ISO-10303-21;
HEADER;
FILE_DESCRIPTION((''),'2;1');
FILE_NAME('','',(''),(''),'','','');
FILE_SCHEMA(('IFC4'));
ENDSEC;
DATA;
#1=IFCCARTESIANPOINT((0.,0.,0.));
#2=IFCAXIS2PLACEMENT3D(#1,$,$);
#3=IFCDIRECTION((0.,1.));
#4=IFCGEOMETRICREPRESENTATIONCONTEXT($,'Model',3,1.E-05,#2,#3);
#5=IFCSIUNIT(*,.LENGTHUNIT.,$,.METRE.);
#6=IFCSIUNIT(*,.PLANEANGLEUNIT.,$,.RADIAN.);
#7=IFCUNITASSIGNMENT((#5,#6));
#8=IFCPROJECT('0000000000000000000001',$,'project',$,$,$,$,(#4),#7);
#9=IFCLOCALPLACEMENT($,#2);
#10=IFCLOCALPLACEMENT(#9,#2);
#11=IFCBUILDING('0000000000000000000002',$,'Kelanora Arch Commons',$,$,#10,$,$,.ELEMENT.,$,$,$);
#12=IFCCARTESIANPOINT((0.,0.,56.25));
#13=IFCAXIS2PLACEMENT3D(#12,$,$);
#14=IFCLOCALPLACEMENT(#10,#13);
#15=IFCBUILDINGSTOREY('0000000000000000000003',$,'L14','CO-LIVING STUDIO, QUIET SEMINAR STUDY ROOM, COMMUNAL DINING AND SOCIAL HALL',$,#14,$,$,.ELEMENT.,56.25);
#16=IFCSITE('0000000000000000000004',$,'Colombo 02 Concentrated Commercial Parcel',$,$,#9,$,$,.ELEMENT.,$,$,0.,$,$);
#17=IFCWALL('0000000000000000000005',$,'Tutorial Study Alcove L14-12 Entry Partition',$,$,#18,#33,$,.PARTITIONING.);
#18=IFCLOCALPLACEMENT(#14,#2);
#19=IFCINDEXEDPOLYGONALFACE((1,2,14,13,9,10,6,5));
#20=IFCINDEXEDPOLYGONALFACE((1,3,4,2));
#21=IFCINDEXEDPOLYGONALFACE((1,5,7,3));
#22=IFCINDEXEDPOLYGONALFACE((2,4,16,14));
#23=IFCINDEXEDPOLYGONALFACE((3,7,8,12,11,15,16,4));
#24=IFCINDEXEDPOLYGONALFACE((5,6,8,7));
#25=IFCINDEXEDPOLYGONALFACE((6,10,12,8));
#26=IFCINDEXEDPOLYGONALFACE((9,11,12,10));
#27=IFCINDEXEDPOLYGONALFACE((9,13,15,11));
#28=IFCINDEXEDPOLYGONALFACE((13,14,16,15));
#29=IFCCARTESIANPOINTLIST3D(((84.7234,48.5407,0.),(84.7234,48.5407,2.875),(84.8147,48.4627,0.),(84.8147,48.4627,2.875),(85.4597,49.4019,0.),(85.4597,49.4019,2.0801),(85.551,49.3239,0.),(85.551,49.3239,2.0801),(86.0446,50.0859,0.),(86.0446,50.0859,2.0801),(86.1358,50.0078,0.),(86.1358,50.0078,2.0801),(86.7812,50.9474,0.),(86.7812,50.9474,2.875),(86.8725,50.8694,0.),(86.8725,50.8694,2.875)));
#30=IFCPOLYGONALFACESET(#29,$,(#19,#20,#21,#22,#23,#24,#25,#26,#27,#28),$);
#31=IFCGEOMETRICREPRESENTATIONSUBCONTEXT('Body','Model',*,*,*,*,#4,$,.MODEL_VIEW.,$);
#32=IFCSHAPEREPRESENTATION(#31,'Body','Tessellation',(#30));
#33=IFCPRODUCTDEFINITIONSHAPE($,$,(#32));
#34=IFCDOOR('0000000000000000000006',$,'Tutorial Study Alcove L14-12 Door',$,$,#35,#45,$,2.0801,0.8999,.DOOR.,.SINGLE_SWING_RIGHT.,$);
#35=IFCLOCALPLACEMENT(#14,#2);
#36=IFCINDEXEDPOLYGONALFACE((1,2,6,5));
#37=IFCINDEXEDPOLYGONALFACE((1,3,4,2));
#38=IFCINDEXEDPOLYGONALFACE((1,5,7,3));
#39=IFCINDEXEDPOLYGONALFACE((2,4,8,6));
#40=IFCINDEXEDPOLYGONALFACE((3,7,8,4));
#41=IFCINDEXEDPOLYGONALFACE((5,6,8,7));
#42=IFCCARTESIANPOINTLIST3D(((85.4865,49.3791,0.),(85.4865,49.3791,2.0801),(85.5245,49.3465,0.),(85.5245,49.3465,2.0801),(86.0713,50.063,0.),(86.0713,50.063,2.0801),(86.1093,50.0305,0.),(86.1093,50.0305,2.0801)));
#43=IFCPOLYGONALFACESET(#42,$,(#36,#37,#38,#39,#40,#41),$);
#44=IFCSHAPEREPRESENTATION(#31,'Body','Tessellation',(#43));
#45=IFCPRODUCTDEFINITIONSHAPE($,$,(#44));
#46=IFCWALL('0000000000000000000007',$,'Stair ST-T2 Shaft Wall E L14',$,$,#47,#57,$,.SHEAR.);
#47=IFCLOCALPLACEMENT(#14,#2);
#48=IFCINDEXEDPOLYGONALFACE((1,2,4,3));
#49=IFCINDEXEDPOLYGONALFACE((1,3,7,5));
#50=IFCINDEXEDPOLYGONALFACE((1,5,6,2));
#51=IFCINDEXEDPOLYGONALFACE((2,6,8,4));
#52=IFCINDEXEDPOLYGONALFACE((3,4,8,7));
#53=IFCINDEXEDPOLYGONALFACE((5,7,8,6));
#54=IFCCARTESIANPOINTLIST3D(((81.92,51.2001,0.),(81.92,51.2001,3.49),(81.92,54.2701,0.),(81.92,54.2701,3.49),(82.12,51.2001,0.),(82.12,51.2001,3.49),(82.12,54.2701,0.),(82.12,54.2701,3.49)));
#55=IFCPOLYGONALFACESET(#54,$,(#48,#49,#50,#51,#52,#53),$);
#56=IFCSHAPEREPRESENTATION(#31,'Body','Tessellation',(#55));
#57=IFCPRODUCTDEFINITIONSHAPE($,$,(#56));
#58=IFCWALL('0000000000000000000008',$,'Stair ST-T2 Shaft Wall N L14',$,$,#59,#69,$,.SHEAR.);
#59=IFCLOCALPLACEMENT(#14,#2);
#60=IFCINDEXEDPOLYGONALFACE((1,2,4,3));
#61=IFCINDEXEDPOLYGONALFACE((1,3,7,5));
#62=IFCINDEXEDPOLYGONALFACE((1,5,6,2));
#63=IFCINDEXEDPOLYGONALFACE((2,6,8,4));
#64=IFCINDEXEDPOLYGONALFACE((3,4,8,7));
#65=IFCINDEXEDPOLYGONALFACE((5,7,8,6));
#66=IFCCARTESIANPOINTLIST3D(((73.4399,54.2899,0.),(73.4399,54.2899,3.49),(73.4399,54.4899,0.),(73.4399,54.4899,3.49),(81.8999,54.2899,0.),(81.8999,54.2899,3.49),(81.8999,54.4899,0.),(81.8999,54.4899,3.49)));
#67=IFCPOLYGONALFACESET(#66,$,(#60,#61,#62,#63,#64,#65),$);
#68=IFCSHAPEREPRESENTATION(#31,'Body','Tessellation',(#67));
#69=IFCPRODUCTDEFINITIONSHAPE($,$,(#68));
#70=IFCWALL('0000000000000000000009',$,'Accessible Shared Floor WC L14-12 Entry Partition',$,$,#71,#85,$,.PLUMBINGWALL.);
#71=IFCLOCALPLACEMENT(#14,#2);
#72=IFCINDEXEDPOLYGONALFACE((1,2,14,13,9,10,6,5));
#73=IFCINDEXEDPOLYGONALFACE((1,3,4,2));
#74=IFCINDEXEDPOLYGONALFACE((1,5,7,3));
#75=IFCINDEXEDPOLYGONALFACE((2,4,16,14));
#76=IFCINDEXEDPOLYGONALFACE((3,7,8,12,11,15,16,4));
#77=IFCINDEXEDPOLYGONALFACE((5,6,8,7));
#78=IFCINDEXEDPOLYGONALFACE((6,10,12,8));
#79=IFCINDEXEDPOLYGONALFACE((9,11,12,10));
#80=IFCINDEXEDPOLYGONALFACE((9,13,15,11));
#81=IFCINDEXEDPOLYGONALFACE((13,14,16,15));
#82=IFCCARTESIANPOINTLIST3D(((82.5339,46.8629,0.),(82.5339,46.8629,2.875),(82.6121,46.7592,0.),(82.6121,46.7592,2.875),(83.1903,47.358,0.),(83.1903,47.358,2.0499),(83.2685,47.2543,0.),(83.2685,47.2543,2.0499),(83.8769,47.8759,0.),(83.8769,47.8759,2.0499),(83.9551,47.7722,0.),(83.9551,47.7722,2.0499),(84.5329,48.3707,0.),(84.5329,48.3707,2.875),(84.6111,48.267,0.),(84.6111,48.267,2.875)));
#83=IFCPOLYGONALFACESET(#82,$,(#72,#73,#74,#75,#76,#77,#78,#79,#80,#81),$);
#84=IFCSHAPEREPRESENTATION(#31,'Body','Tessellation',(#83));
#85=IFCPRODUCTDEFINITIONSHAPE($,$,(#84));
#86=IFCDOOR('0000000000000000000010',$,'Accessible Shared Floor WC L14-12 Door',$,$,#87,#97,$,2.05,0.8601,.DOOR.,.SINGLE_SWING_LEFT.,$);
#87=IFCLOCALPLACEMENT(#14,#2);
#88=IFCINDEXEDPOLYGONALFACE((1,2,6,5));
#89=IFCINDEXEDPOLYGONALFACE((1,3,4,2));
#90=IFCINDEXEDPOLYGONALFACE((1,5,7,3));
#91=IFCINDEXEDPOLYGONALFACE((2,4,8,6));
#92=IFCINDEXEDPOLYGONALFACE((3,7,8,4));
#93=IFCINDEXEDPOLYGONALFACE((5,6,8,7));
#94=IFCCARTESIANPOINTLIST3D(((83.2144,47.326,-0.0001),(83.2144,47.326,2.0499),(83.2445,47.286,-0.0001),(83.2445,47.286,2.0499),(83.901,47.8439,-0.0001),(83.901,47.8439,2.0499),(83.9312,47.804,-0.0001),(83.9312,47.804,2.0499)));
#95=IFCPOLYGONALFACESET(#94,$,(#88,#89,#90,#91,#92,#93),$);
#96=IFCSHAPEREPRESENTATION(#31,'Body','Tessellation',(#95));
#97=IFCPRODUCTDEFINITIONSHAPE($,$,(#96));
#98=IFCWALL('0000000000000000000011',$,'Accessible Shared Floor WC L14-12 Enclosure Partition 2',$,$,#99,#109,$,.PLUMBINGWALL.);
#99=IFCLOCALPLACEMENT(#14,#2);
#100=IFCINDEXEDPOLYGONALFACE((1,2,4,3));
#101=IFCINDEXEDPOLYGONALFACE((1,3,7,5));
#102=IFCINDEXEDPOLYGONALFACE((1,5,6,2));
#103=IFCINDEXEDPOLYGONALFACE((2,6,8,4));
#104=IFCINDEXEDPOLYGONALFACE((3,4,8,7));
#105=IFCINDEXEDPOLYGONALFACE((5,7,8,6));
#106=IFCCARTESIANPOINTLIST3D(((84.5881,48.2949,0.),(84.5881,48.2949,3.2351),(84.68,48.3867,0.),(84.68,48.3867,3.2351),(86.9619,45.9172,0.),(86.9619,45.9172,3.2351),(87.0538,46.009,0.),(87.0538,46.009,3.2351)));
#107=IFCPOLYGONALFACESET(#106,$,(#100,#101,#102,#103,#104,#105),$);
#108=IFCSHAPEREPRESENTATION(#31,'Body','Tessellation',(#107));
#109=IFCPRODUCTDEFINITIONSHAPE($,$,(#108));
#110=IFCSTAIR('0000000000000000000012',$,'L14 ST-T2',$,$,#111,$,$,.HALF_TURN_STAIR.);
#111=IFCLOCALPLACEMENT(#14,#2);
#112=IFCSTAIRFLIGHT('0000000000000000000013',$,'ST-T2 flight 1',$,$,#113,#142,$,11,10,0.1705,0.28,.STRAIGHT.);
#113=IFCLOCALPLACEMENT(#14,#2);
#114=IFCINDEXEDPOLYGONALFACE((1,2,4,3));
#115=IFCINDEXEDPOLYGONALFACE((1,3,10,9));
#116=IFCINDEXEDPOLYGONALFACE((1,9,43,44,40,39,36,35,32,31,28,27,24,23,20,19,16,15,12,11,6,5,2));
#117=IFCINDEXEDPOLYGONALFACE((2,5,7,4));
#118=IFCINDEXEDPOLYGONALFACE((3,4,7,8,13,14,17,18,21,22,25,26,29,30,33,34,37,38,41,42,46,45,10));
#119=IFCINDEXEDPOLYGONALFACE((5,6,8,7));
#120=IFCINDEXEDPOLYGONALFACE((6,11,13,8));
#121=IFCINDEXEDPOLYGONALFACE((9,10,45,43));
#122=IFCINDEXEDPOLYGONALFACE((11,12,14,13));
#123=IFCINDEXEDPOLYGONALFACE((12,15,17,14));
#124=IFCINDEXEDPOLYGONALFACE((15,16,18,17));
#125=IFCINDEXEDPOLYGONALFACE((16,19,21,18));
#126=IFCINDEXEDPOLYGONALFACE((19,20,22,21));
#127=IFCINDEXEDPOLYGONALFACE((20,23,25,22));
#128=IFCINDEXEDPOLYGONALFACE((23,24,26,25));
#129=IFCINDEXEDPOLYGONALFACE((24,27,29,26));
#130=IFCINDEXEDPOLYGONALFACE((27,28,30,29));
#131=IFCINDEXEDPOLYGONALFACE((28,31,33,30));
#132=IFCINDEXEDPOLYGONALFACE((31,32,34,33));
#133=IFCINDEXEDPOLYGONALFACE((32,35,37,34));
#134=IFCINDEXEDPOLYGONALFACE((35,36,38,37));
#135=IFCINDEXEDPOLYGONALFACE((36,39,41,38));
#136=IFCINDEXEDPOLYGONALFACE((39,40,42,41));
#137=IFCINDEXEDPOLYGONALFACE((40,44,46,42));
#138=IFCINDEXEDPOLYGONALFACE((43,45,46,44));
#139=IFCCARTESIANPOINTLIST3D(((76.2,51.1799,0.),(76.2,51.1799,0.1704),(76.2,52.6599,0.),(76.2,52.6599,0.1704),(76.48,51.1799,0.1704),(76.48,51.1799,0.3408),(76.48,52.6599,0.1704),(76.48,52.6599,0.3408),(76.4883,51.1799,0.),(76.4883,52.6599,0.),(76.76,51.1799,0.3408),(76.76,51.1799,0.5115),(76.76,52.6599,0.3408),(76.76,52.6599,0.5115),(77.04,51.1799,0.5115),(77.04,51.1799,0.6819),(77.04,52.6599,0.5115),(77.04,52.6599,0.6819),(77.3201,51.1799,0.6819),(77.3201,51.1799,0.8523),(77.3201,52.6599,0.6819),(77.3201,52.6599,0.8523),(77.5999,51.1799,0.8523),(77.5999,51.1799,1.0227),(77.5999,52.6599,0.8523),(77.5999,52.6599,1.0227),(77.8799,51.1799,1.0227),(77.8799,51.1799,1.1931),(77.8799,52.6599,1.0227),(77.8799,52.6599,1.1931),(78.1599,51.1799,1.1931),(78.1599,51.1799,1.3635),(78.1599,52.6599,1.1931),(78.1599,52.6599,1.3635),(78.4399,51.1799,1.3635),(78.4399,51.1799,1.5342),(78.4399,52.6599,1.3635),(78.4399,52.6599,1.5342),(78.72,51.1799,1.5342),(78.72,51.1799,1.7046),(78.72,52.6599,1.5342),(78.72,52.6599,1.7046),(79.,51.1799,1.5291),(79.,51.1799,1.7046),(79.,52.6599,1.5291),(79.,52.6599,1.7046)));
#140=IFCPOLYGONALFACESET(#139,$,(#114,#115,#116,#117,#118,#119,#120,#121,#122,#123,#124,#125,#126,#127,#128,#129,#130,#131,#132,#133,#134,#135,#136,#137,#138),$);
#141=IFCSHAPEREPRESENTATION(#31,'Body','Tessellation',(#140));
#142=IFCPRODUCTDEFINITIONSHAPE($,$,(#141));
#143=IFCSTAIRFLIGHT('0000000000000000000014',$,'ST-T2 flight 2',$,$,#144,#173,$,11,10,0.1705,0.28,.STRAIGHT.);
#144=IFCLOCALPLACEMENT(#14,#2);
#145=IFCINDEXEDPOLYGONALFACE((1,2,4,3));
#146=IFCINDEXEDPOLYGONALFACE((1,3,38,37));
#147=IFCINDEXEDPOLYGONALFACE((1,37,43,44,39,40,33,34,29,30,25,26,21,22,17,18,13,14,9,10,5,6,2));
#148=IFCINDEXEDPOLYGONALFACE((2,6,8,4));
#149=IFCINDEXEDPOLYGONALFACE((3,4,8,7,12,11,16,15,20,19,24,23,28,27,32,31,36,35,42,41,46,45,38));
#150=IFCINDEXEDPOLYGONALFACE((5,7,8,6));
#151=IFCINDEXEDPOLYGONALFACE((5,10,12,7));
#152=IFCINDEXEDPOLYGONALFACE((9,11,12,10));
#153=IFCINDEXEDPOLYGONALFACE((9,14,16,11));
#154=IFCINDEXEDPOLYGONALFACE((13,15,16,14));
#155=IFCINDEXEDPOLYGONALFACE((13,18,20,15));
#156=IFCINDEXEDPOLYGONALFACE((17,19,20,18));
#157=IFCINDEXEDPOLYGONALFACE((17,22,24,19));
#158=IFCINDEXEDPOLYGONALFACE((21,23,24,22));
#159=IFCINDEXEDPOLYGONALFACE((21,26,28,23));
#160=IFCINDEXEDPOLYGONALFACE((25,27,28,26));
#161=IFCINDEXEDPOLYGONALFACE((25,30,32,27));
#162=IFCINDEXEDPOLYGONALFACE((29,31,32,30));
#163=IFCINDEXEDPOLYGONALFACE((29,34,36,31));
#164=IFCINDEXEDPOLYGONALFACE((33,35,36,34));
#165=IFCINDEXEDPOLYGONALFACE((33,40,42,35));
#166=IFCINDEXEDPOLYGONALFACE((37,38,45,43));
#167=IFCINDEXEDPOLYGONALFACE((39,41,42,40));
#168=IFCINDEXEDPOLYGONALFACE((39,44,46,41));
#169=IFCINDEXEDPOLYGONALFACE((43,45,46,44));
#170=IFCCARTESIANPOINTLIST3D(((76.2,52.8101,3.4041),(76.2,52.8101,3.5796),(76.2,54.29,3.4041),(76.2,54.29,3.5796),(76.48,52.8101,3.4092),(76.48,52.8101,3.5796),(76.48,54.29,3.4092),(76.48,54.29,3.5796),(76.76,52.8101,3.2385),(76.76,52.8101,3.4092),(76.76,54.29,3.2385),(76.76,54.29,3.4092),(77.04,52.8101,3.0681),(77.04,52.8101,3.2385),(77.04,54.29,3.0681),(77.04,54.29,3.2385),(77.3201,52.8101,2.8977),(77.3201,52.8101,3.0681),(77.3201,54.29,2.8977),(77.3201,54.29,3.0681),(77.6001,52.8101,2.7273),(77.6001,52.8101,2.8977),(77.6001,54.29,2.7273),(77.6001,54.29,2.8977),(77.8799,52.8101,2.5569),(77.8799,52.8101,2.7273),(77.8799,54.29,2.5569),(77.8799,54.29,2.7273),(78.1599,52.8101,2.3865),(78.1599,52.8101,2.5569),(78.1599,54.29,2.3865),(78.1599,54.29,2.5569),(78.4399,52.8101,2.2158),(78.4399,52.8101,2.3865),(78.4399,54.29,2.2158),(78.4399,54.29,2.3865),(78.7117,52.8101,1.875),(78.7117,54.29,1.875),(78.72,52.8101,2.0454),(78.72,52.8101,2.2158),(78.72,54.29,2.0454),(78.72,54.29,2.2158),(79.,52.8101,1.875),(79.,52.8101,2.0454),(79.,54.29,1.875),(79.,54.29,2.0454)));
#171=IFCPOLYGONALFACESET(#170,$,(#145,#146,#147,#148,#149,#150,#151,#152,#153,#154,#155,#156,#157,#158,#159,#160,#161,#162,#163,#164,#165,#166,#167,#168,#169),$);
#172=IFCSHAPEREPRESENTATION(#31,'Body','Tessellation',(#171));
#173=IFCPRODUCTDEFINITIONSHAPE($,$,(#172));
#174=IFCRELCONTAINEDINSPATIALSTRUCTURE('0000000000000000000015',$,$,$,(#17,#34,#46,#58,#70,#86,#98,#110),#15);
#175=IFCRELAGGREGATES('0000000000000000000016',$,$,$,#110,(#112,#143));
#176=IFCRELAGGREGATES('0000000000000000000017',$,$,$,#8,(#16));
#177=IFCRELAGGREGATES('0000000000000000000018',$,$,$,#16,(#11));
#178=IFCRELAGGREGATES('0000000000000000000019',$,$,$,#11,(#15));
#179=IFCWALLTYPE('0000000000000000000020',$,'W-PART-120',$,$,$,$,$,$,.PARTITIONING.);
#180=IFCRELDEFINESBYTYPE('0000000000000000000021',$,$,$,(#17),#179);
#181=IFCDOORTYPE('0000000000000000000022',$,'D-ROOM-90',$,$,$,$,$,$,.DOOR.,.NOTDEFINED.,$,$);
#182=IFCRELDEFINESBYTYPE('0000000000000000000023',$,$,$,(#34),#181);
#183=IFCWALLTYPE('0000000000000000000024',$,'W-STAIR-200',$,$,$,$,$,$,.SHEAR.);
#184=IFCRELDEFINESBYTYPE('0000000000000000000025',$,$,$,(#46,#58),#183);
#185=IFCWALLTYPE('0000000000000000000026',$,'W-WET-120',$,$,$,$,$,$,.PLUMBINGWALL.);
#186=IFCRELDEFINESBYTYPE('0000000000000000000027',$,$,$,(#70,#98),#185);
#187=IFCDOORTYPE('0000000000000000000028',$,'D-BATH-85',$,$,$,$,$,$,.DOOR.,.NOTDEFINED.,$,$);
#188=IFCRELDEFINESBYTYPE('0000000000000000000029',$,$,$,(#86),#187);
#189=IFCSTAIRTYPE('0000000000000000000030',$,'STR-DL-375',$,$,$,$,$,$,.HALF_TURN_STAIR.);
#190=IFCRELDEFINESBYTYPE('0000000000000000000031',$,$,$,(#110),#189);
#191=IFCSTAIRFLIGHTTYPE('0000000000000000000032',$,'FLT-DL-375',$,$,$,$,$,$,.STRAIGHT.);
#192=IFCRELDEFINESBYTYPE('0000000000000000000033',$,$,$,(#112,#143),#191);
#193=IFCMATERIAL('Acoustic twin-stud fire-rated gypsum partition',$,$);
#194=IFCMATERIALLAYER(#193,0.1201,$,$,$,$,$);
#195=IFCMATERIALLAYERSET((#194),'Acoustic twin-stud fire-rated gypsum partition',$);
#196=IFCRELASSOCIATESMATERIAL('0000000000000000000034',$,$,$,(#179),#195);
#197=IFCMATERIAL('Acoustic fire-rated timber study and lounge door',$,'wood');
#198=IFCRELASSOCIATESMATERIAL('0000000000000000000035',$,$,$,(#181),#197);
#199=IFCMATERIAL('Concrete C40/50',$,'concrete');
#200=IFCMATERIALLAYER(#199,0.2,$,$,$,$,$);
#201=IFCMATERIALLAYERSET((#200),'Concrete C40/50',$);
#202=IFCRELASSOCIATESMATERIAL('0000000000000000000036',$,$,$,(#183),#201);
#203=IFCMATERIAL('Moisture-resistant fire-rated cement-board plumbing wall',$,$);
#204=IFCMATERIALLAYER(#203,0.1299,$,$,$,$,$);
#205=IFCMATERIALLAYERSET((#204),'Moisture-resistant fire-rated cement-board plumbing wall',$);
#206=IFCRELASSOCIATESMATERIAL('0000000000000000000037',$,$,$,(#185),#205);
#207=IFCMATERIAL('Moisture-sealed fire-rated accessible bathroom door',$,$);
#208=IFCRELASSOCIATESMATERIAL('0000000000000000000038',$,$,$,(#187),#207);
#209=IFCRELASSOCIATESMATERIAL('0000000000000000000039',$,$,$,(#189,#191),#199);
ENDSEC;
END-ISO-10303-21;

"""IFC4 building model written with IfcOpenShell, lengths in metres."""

from ifc_helpers import new_model, si_unit, direction, frame, frame_2d, origin, place, context, subcontext, project, spatial, polyline, rectangle, outline, extrude, material, layer, layer_set, type_object, element, fill, aggregate, save


model = new_model("IFC4")

# Units and contexts
model_context = context("Model", 3, precision=1e-05, world=origin(), true_north=direction((0.0, 1.0)))
body_context = subcontext(model_context, "Body", "Model", "MODEL_VIEW")
ifc_project = project(units=[si_unit("LENGTHUNIT", "METRE"), si_unit("PLANEANGLEUNIT", "RADIAN")], contexts=[model_context])

# Site, building, storey
site_placement = place(None, origin())
site = spatial("IfcSite", under=ifc_project, at=site_placement, Name="Colombo 02 Concentrated Commercial Parcel", CompositionType="ELEMENT", RefElevation=0.0)
building_placement = place(site_placement, origin())
building = spatial("IfcBuilding", under=site, at=building_placement, Name="Kelanora Arch Commons", CompositionType="ELEMENT")
storey_placement = place(building_placement, frame((0.0, 0.0, 56.25)))
storey = spatial("IfcBuildingStorey", under=building, at=storey_placement, Name="L14", Description="CO-LIVING STUDIO, QUIET SEMINAR STUDY ROOM, COMMUNAL DINING AND SOCIAL HALL", CompositionType="ELEMENT", Elevation=56.25)

# Wall, opening, door
ifc_material_1 = material(Name="Acoustic twin-stud fire-rated gypsum partition")
ifc_layer_1 = layer(ifc_material_1, 0.1201)
ifc_layer_set_1 = layer_set([ifc_layer_1], Name="Acoustic twin-stud fire-rated gypsum partition")
wall_type_1 = type_object("IfcWallType", Name="W-PART-120", PredefinedType="PARTITIONING", material=ifc_layer_set_1)
ifc_material_2 = material(Name="Acoustic fire-rated timber study and lounge door", Category="wood")
door_type_1 = type_object("IfcDoorType", Name="D-ROOM-90", OperationType="NOTDEFINED", PredefinedType="DOOR", material=ifc_material_2)
wall_1_placement = place(storey_placement, frame((84.769, 48.5017, 0.0), z_axis=(0.0, 0.0, 1.0), x_axis=(0.64987, 0.760045, 0.0)))
wall_1 = element("IfcWall", 1, at=wall_1_placement, inside=storey, type_object=wall_type_1, Name="Tutorial Study Alcove L14-12 Entry Partition", PredefinedType="PARTITIONING", context=body_context, shape_type="SweptSolid", body=[
    extrude(rectangle(XDim=3.1665, YDim=0.1201, at=frame_2d((1.5833, 0.0))), origin(), (0.0, 0.0, 1.0), 2.875),
])
opening_1_placement = place(wall_1_placement, frame((1.1331, 0.0, 0.0)))
opening_1 = element("IfcOpeningElement", 2, at=opening_1_placement, cuts=wall_1, PredefinedType="OPENING", context=body_context, shape_type="SweptSolid", body=[
    extrude(rectangle(XDim=0.8999, YDim=2.0801, at=frame_2d((0.45, 1.04))), frame((0.0, 0.0701, 0.0), z_axis=(0.0, -1.0, 0.0), x_axis=(1.0, 0.0, 0.0)), (0.0, 0.0, 1.0), 0.1401),
])
door_1_placement = place(opening_1_placement, origin())
door_1 = element("IfcDoor", 3, at=door_1_placement, inside=storey, type_object=door_type_1, Name="Tutorial Study Alcove L14-12 Door", OperationType="SINGLE_SWING_RIGHT", OverallHeight=2.0801, OverallWidth=0.8999, PredefinedType="DOOR", context=body_context, shape_type="SweptSolid", body=[
    extrude(rectangle(XDim=0.8999, YDim=2.0801, at=frame_2d((0.45, 1.04))), frame((0.0, 0.0249, 0.0), z_axis=(0.0, -1.0, 0.0), x_axis=(1.0, 0.0, 0.0)), (0.0, 0.0, 1.0), 0.05),
])
fill(opening_1, door_1)

# Walls
ifc_material_3 = material(Name="Concrete C40/50", Category="concrete")
ifc_layer_2 = layer(ifc_material_3, 0.2)
ifc_layer_set_2 = layer_set([ifc_layer_2], Name="Concrete C40/50")
wall_type_2 = type_object("IfcWallType", Name="W-STAIR-200", PredefinedType="SHEAR", material=ifc_layer_set_2)
wall_2_placement = place(storey_placement, frame((82.02, 51.2, 0.0), z_axis=(0.0, 0.0, 1.0), x_axis=(0.0, 1.0, 0.0)))
element("IfcWall", 4, at=wall_2_placement, inside=storey, type_object=wall_type_2, Name="Stair ST-T2 Shaft Wall E L14", PredefinedType="SHEAR", context=body_context, shape_type="SweptSolid", body=[
    extrude(rectangle(XDim=3.0701, YDim=0.2, at=frame_2d((1.5352, 0.0))), origin(), (0.0, 0.0, 1.0), 3.49),
])
wall_3_placement = place(storey_placement, frame((81.8999, 54.3899, 0.0), z_axis=(0.0, 0.0, 1.0), x_axis=(-1.0, 0.0, 0.0)))
element("IfcWall", 5, at=wall_3_placement, inside=storey, type_object=wall_type_2, Name="Stair ST-T2 Shaft Wall N L14", PredefinedType="SHEAR", context=body_context, shape_type="SweptSolid", body=[
    extrude(rectangle(XDim=8.46, YDim=0.2, at=frame_2d((4.23, 0.0))), origin(), (0.0, 0.0, 1.0), 3.49),
])

# Wall, opening, door
ifc_material_4 = material(Name="Moisture-resistant fire-rated cement-board plumbing wall")
ifc_layer_3 = layer(ifc_material_4, 0.1299)
ifc_layer_set_3 = layer_set([ifc_layer_3], Name="Moisture-resistant fire-rated cement-board plumbing wall")
wall_type_3 = type_object("IfcWallType", Name="W-WET-120", PredefinedType="PLUMBINGWALL", material=ifc_layer_set_3)
wall_4_placement = place(storey_placement, frame((82.573, 46.811, 0.0), z_axis=(0.0, 0.0, 1.0), x_axis=(0.798359, 0.602182, 0.0)))
wall_4 = element("IfcWall", 6, at=wall_4_placement, inside=storey, type_object=wall_type_3, Name="Accessible Shared Floor WC L14-12 Entry Partition", PredefinedType="PLUMBINGWALL", context=body_context, shape_type="SweptSolid", body=[
    extrude(rectangle(XDim=2.5039, YDim=0.1299, at=frame_2d((1.252, 0.0))), origin(), (0.0, 0.0, 1.0), 2.875),
])
opening_2_placement = place(wall_4_placement, frame((0.822, 0.0, 0.0)))
opening_2 = element("IfcOpeningElement", 7, at=opening_2_placement, cuts=wall_4, PredefinedType="OPENING", context=body_context, shape_type="SweptSolid", body=[
    extrude(rectangle(XDim=0.8601, YDim=2.05, at=frame_2d((0.4302, 1.0249))), frame((0.0, 0.075, 0.0), z_axis=(0.0, -1.0, 0.0), x_axis=(1.0, 0.0, 0.0)), (0.0, 0.0, 1.0), 0.1499),
])
ifc_material_5 = material(Name="Moisture-sealed fire-rated accessible bathroom door")
door_type_2 = type_object("IfcDoorType", Name="D-BATH-85", OperationType="NOTDEFINED", PredefinedType="DOOR", material=ifc_material_5)
door_2_placement = place(opening_2_placement, origin())
door_2 = element("IfcDoor", 8, at=door_2_placement, inside=storey, type_object=door_type_2, Name="Accessible Shared Floor WC L14-12 Door", OperationType="SINGLE_SWING_LEFT", OverallHeight=2.05, OverallWidth=0.8601, PredefinedType="DOOR", context=body_context, shape_type="SweptSolid", body=[
    extrude(rectangle(XDim=0.8601, YDim=2.05, at=frame_2d((0.4302, 1.0249))), frame((0.0, 0.0249, 0.0), z_axis=(0.0, -1.0, 0.0), x_axis=(1.0, 0.0, 0.0)), (0.0, 0.0, 1.0), 0.05),
])
fill(opening_2, door_2)

# Wall
wall_5_placement = place(storey_placement, frame((84.634, 48.3408, 0.0), z_axis=(0.0, 0.0, 1.0), x_axis=(0.706525, -0.707688, 0.0)))
element("IfcWall", 9, at=wall_5_placement, inside=storey, type_object=wall_type_3, Name="Accessible Shared Floor WC L14-12 Enclosure Partition 2", PredefinedType="PLUMBINGWALL", context=body_context, shape_type="SweptSolid", body=[
    extrude(rectangle(XDim=3.3599, YDim=0.1299, at=frame_2d((1.6799, 0.0))), origin(), (0.0, 0.0, 1.0), 3.2351),
])

# Stair, stair flights
stair_type = type_object("IfcStairType", Name="STR-DL-375", PredefinedType="HALF_TURN_STAIR", material=ifc_material_3)
stair_placement = place(storey_placement, origin())
stair = element("IfcStair", 10, at=stair_placement, inside=storey, type_object=stair_type, Name="L14 ST-T2", PredefinedType="HALF_TURN_STAIR")
stair_flight_type = type_object("IfcStairFlightType", Name="FLT-DL-375", PredefinedType="STRAIGHT", material=ifc_material_3)
stair_flight_1_placement = place(storey_placement, frame((76.2, 51.9199, 0.0), z_axis=(0.0, 0.0, 1.0), x_axis=(1.0, 0.0, 0.0)))
stair_flight_1 = element("IfcStairFlight", 11, at=stair_flight_1_placement, type_object=stair_flight_type, Name="ST-T2 flight 1", NumberOfRisers=11, NumberOfTreads=10, PredefinedType="STRAIGHT", RiserHeight=0.1705, TreadLength=0.28, context=body_context, shape_type="SweptSolid", body=[
    extrude(outline(polyline([(0.0, 0.0), (0.0, 0.1704), (0.28, 0.1704), (0.28, 0.3408), (0.5601, 0.3408), (0.5601, 0.5115), (0.8401, 0.5115), (0.8401, 0.6819), (1.1201, 0.6819), (1.1201, 0.8523), (1.3999, 0.8523), (1.3999, 1.0227), (1.6799, 1.0227), (1.6799, 1.1931), (1.96, 1.1931), (1.96, 1.3635), (2.24, 1.3635), (2.24, 1.5342), (2.52, 1.5342), (2.52, 1.7046), (2.8, 1.7046), (2.8, 1.875), (2.8, 1.5291), (0.2883, 0.0), (0.0, 0.0)])), frame((0.0, 0.74, 0.0), z_axis=(0.0, -1.0, 0.0), x_axis=(1.0, 0.0, 0.0)), (0.0, 0.0, 1.0), 1.48),
])
stair_flight_2_placement = place(storey_placement, frame((79.0, 53.55, 1.875), z_axis=(0.0, 0.0, 1.0), x_axis=(-1.0, 0.0, 0.0)))
stair_flight_2 = element("IfcStairFlight", 12, at=stair_flight_2_placement, type_object=stair_flight_type, Name="ST-T2 flight 2", NumberOfRisers=11, NumberOfTreads=10, PredefinedType="STRAIGHT", RiserHeight=0.1705, TreadLength=0.28, context=body_context, shape_type="SweptSolid", body=[
    extrude(outline(polyline([(0.0, 0.0), (0.0, 0.1704), (0.28, 0.1704), (0.28, 0.3408), (0.5601, 0.3408), (0.5601, 0.5115), (0.8401, 0.5115), (0.8401, 0.6819), (1.1201, 0.6819), (1.1201, 0.8523), (1.3999, 0.8523), (1.3999, 1.0227), (1.6799, 1.0227), (1.6799, 1.1931), (1.96, 1.1931), (1.96, 1.3635), (2.24, 1.3635), (2.24, 1.5342), (2.52, 1.5342), (2.52, 1.7046), (2.8, 1.7046), (2.8, 1.875), (2.8, 1.5291), (0.2883, 0.0), (0.0, 0.0)])), frame((0.0, 0.74, 0.0), z_axis=(0.0, -1.0, 0.0), x_axis=(1.0, 0.0, 0.0)), (0.0, 0.0, 1.0), 1.48),
])
aggregate(stair, [stair_flight_1, stair_flight_2])

save(model, "model.ifc")
